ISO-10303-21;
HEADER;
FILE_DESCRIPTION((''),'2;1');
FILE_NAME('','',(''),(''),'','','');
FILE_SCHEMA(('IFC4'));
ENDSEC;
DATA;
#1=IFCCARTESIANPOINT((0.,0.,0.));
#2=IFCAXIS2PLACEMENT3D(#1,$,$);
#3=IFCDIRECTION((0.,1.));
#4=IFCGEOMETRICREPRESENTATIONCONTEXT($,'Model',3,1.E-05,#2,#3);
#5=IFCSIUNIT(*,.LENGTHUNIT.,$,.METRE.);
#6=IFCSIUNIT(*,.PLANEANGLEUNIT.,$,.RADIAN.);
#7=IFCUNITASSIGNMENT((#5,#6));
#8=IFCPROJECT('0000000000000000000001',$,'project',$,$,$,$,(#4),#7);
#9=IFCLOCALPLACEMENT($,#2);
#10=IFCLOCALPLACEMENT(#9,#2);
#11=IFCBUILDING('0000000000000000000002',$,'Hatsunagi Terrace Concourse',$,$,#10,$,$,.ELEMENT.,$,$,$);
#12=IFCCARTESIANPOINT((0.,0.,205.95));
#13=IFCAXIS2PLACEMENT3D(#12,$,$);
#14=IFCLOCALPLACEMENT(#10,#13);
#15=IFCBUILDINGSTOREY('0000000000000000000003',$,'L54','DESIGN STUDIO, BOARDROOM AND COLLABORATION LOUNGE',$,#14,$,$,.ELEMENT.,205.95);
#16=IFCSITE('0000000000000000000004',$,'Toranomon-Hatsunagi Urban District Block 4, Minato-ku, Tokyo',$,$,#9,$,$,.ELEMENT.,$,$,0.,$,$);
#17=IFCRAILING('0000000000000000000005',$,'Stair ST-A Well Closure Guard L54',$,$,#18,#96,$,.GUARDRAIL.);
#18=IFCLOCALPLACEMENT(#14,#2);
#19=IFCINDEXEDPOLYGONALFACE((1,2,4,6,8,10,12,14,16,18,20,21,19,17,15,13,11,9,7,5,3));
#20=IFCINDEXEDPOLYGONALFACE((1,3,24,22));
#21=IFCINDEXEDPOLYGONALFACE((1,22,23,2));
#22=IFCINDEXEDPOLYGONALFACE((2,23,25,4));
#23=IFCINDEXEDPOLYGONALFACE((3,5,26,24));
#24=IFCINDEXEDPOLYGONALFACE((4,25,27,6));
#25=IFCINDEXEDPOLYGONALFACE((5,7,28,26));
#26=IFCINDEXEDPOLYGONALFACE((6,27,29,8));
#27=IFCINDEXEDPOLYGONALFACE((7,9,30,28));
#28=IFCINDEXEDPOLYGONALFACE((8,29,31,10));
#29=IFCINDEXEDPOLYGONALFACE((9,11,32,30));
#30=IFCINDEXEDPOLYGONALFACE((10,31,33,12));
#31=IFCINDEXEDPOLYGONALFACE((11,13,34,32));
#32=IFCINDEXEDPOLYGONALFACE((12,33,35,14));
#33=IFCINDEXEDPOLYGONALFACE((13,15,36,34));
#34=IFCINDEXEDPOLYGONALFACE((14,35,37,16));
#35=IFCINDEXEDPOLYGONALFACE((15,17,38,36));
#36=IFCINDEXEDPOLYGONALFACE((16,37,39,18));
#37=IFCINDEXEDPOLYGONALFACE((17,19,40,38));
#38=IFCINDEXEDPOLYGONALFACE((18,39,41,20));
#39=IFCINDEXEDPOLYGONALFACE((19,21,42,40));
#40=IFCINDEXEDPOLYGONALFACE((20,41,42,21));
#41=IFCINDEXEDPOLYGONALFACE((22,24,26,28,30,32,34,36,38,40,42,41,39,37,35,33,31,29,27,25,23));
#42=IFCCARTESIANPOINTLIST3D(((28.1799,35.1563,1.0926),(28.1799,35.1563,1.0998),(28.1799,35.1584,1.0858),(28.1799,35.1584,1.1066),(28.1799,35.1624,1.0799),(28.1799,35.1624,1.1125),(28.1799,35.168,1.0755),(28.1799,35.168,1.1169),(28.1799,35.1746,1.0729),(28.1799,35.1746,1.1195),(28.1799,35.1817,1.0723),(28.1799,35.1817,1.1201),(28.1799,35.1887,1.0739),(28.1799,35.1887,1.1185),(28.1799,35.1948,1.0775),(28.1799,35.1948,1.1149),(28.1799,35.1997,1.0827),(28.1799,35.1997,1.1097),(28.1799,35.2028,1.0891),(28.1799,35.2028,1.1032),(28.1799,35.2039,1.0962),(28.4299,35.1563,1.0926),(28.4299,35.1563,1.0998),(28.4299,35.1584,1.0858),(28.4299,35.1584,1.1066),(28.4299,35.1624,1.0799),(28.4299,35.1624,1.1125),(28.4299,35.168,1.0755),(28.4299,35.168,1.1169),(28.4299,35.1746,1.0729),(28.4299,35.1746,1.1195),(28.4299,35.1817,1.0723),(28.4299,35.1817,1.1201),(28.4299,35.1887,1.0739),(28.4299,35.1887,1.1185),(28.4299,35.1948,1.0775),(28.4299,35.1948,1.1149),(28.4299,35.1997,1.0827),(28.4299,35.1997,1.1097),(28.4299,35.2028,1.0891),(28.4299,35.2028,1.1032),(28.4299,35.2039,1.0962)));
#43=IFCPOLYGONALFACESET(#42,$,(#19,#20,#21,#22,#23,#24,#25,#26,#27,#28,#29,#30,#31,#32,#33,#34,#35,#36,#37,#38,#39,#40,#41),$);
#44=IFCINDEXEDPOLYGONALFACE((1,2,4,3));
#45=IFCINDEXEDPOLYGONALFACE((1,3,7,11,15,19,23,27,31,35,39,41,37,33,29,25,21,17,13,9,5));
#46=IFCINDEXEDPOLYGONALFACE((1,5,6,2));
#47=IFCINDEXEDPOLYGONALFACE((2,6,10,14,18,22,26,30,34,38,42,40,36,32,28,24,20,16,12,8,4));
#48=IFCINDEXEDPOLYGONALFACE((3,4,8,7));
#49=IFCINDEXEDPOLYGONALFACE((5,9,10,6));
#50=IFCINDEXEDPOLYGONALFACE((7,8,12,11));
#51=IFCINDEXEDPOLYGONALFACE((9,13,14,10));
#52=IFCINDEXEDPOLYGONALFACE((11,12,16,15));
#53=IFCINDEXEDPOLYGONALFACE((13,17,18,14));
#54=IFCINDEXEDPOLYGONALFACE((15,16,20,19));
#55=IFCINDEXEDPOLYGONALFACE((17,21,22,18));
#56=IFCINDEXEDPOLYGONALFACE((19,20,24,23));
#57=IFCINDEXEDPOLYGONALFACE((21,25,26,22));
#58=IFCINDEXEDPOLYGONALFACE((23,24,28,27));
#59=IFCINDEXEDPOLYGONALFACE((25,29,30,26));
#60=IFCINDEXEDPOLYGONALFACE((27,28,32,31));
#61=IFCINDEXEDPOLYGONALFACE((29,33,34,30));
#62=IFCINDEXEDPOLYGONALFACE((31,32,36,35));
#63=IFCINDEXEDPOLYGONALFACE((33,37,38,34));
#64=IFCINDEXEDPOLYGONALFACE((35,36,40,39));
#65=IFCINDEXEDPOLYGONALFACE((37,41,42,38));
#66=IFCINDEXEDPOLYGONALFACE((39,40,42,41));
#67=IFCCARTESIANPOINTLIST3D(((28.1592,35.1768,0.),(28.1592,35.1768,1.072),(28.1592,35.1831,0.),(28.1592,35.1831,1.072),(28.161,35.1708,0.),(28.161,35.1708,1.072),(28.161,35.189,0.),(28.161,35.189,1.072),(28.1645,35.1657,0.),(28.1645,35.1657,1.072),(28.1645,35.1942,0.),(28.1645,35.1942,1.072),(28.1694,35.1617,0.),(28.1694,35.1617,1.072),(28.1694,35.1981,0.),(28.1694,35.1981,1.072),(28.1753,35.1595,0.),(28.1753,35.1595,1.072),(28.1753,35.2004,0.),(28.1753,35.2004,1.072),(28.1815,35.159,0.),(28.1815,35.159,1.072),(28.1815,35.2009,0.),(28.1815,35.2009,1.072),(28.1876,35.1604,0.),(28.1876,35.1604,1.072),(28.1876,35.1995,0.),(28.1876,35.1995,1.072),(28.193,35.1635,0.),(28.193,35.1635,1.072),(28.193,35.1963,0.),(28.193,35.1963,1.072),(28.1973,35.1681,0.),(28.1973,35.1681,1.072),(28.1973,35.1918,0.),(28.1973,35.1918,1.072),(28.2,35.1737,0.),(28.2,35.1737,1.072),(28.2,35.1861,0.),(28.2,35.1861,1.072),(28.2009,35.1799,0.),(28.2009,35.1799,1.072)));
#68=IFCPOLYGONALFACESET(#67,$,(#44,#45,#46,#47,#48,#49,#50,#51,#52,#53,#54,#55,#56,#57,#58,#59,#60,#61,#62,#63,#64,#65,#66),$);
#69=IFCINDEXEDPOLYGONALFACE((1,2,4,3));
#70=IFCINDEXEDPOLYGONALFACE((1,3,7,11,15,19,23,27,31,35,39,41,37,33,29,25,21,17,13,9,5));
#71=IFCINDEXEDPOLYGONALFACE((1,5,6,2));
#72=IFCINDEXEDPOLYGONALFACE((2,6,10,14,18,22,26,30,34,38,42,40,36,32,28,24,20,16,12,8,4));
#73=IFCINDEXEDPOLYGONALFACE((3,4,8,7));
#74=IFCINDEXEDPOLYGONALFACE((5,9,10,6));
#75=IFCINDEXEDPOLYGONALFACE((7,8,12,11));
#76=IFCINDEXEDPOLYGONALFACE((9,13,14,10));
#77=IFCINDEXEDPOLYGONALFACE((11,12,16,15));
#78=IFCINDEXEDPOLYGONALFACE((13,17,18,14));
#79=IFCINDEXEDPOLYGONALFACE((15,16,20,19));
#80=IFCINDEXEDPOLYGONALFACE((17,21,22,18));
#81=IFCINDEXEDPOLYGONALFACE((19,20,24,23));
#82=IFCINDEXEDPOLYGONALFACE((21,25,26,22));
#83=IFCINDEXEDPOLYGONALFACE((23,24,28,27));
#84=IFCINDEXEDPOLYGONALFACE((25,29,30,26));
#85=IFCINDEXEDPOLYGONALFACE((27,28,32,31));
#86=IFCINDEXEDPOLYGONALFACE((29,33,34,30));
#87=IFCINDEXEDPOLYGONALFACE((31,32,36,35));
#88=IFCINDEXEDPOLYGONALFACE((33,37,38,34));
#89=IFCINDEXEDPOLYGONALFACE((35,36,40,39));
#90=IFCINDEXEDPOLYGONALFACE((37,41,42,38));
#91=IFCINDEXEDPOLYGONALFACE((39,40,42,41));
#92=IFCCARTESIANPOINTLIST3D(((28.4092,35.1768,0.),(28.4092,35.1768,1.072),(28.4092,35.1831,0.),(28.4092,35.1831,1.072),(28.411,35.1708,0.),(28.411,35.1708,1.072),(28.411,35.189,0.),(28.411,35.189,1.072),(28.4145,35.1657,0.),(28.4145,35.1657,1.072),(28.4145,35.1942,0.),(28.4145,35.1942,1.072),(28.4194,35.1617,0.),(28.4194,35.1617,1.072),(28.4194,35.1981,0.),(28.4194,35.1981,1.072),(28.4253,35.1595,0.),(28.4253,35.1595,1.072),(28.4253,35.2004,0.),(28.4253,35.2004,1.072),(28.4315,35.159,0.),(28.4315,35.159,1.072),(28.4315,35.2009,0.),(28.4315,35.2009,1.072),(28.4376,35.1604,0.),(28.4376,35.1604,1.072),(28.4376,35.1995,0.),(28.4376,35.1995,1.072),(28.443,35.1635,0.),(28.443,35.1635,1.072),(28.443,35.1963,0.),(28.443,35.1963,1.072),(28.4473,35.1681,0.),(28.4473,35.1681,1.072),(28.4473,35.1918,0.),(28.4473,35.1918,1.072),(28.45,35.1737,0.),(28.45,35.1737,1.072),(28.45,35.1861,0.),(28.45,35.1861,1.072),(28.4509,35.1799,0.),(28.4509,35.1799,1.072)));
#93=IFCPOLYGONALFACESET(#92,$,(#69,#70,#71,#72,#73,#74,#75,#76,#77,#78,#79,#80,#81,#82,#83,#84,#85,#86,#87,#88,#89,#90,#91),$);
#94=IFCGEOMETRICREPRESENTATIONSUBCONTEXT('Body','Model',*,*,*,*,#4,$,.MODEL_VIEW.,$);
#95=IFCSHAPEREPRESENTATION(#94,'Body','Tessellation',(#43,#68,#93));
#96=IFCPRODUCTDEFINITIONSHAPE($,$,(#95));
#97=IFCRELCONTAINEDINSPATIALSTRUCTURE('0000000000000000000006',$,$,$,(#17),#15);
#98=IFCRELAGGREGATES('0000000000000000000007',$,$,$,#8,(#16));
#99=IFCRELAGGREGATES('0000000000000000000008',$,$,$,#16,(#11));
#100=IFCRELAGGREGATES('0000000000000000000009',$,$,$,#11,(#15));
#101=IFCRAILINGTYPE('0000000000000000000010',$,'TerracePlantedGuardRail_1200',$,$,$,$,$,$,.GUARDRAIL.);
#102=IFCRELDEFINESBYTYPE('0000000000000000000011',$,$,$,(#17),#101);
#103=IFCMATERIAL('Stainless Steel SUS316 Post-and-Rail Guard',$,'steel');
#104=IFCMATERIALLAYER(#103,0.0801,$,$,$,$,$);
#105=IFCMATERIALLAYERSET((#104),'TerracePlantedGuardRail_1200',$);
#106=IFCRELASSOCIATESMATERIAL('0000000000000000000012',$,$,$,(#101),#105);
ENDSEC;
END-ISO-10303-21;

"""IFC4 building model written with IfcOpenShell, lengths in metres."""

from ifc_helpers import new_model, si_unit, direction, frame, origin, origin_2d, place, context, subcontext, project, spatial, circle, extrude, material, layer, layer_set, type_object, element, save


model = new_model("IFC4")

# Units and contexts
model_context = context("Model", 3, precision=1e-05, world=origin(), true_north=direction((0.0, 1.0)))
body_context = subcontext(model_context, "Body", "Model", "MODEL_VIEW")
ifc_project = project(units=[si_unit("LENGTHUNIT", "METRE"), si_unit("PLANEANGLEUNIT", "RADIAN")], contexts=[model_context])

# Site, building, storey
site_placement = place(None, origin())
site = spatial("IfcSite", under=ifc_project, at=site_placement, Name="Toranomon-Hatsunagi Urban District Block 4, Minato-ku, Tokyo", CompositionType="ELEMENT", RefElevation=0.0)
building_placement = place(site_placement, origin())
building = spatial("IfcBuilding", under=site, at=building_placement, Name="Hatsunagi Terrace Concourse", CompositionType="ELEMENT")
storey_placement = place(building_placement, frame((0.0, 0.0, 205.95)))
storey = spatial("IfcBuildingStorey", under=building, at=storey_placement, Name="L54", Description="DESIGN STUDIO, BOARDROOM AND COLLABORATION LOUNGE", CompositionType="ELEMENT", Elevation=205.95)

# Railing
ifc_material_1 = material(Name="Stainless Steel SUS316 Post-and-Rail Guard", Category="steel")
ifc_layer_1 = layer(ifc_material_1, 0.0801)
ifc_layer_set_1 = layer_set([ifc_layer_1], Name="TerracePlantedGuardRail_1200")
railing_type_1 = type_object("IfcRailingType", Name="TerracePlantedGuardRail_1200", PredefinedType="GUARDRAIL", material=ifc_layer_set_1)
railing_1_placement = place(storey_placement, frame((28.1799, 35.1799, 0.0)))
element("IfcRailing", 1, at=railing_1_placement, inside=storey, type_object=railing_type_1, Name="Stair ST-A Well Closure Guard L54", PredefinedType="GUARDRAIL", context=body_context, shape_type="SweptSolid", body=[
    extrude(circle(Radius=0.0239, at=origin_2d()), frame((0.0, 0.0, 1.0962), z_axis=(1.0, 0.0, 0.0), x_axis=(0.0, 1.0, 0.0)), (0.0, 0.0, 1.0), 0.25),
    extrude(circle(Radius=0.021, at=origin_2d()), origin(), (0.0, 0.0, 1.0), 1.072),
    extrude(circle(Radius=0.021, at=origin_2d()), frame((0.25, 0.0, 0.0)), (0.0, 0.0, 1.0), 1.072),
])

save(model, "model.ifc")
